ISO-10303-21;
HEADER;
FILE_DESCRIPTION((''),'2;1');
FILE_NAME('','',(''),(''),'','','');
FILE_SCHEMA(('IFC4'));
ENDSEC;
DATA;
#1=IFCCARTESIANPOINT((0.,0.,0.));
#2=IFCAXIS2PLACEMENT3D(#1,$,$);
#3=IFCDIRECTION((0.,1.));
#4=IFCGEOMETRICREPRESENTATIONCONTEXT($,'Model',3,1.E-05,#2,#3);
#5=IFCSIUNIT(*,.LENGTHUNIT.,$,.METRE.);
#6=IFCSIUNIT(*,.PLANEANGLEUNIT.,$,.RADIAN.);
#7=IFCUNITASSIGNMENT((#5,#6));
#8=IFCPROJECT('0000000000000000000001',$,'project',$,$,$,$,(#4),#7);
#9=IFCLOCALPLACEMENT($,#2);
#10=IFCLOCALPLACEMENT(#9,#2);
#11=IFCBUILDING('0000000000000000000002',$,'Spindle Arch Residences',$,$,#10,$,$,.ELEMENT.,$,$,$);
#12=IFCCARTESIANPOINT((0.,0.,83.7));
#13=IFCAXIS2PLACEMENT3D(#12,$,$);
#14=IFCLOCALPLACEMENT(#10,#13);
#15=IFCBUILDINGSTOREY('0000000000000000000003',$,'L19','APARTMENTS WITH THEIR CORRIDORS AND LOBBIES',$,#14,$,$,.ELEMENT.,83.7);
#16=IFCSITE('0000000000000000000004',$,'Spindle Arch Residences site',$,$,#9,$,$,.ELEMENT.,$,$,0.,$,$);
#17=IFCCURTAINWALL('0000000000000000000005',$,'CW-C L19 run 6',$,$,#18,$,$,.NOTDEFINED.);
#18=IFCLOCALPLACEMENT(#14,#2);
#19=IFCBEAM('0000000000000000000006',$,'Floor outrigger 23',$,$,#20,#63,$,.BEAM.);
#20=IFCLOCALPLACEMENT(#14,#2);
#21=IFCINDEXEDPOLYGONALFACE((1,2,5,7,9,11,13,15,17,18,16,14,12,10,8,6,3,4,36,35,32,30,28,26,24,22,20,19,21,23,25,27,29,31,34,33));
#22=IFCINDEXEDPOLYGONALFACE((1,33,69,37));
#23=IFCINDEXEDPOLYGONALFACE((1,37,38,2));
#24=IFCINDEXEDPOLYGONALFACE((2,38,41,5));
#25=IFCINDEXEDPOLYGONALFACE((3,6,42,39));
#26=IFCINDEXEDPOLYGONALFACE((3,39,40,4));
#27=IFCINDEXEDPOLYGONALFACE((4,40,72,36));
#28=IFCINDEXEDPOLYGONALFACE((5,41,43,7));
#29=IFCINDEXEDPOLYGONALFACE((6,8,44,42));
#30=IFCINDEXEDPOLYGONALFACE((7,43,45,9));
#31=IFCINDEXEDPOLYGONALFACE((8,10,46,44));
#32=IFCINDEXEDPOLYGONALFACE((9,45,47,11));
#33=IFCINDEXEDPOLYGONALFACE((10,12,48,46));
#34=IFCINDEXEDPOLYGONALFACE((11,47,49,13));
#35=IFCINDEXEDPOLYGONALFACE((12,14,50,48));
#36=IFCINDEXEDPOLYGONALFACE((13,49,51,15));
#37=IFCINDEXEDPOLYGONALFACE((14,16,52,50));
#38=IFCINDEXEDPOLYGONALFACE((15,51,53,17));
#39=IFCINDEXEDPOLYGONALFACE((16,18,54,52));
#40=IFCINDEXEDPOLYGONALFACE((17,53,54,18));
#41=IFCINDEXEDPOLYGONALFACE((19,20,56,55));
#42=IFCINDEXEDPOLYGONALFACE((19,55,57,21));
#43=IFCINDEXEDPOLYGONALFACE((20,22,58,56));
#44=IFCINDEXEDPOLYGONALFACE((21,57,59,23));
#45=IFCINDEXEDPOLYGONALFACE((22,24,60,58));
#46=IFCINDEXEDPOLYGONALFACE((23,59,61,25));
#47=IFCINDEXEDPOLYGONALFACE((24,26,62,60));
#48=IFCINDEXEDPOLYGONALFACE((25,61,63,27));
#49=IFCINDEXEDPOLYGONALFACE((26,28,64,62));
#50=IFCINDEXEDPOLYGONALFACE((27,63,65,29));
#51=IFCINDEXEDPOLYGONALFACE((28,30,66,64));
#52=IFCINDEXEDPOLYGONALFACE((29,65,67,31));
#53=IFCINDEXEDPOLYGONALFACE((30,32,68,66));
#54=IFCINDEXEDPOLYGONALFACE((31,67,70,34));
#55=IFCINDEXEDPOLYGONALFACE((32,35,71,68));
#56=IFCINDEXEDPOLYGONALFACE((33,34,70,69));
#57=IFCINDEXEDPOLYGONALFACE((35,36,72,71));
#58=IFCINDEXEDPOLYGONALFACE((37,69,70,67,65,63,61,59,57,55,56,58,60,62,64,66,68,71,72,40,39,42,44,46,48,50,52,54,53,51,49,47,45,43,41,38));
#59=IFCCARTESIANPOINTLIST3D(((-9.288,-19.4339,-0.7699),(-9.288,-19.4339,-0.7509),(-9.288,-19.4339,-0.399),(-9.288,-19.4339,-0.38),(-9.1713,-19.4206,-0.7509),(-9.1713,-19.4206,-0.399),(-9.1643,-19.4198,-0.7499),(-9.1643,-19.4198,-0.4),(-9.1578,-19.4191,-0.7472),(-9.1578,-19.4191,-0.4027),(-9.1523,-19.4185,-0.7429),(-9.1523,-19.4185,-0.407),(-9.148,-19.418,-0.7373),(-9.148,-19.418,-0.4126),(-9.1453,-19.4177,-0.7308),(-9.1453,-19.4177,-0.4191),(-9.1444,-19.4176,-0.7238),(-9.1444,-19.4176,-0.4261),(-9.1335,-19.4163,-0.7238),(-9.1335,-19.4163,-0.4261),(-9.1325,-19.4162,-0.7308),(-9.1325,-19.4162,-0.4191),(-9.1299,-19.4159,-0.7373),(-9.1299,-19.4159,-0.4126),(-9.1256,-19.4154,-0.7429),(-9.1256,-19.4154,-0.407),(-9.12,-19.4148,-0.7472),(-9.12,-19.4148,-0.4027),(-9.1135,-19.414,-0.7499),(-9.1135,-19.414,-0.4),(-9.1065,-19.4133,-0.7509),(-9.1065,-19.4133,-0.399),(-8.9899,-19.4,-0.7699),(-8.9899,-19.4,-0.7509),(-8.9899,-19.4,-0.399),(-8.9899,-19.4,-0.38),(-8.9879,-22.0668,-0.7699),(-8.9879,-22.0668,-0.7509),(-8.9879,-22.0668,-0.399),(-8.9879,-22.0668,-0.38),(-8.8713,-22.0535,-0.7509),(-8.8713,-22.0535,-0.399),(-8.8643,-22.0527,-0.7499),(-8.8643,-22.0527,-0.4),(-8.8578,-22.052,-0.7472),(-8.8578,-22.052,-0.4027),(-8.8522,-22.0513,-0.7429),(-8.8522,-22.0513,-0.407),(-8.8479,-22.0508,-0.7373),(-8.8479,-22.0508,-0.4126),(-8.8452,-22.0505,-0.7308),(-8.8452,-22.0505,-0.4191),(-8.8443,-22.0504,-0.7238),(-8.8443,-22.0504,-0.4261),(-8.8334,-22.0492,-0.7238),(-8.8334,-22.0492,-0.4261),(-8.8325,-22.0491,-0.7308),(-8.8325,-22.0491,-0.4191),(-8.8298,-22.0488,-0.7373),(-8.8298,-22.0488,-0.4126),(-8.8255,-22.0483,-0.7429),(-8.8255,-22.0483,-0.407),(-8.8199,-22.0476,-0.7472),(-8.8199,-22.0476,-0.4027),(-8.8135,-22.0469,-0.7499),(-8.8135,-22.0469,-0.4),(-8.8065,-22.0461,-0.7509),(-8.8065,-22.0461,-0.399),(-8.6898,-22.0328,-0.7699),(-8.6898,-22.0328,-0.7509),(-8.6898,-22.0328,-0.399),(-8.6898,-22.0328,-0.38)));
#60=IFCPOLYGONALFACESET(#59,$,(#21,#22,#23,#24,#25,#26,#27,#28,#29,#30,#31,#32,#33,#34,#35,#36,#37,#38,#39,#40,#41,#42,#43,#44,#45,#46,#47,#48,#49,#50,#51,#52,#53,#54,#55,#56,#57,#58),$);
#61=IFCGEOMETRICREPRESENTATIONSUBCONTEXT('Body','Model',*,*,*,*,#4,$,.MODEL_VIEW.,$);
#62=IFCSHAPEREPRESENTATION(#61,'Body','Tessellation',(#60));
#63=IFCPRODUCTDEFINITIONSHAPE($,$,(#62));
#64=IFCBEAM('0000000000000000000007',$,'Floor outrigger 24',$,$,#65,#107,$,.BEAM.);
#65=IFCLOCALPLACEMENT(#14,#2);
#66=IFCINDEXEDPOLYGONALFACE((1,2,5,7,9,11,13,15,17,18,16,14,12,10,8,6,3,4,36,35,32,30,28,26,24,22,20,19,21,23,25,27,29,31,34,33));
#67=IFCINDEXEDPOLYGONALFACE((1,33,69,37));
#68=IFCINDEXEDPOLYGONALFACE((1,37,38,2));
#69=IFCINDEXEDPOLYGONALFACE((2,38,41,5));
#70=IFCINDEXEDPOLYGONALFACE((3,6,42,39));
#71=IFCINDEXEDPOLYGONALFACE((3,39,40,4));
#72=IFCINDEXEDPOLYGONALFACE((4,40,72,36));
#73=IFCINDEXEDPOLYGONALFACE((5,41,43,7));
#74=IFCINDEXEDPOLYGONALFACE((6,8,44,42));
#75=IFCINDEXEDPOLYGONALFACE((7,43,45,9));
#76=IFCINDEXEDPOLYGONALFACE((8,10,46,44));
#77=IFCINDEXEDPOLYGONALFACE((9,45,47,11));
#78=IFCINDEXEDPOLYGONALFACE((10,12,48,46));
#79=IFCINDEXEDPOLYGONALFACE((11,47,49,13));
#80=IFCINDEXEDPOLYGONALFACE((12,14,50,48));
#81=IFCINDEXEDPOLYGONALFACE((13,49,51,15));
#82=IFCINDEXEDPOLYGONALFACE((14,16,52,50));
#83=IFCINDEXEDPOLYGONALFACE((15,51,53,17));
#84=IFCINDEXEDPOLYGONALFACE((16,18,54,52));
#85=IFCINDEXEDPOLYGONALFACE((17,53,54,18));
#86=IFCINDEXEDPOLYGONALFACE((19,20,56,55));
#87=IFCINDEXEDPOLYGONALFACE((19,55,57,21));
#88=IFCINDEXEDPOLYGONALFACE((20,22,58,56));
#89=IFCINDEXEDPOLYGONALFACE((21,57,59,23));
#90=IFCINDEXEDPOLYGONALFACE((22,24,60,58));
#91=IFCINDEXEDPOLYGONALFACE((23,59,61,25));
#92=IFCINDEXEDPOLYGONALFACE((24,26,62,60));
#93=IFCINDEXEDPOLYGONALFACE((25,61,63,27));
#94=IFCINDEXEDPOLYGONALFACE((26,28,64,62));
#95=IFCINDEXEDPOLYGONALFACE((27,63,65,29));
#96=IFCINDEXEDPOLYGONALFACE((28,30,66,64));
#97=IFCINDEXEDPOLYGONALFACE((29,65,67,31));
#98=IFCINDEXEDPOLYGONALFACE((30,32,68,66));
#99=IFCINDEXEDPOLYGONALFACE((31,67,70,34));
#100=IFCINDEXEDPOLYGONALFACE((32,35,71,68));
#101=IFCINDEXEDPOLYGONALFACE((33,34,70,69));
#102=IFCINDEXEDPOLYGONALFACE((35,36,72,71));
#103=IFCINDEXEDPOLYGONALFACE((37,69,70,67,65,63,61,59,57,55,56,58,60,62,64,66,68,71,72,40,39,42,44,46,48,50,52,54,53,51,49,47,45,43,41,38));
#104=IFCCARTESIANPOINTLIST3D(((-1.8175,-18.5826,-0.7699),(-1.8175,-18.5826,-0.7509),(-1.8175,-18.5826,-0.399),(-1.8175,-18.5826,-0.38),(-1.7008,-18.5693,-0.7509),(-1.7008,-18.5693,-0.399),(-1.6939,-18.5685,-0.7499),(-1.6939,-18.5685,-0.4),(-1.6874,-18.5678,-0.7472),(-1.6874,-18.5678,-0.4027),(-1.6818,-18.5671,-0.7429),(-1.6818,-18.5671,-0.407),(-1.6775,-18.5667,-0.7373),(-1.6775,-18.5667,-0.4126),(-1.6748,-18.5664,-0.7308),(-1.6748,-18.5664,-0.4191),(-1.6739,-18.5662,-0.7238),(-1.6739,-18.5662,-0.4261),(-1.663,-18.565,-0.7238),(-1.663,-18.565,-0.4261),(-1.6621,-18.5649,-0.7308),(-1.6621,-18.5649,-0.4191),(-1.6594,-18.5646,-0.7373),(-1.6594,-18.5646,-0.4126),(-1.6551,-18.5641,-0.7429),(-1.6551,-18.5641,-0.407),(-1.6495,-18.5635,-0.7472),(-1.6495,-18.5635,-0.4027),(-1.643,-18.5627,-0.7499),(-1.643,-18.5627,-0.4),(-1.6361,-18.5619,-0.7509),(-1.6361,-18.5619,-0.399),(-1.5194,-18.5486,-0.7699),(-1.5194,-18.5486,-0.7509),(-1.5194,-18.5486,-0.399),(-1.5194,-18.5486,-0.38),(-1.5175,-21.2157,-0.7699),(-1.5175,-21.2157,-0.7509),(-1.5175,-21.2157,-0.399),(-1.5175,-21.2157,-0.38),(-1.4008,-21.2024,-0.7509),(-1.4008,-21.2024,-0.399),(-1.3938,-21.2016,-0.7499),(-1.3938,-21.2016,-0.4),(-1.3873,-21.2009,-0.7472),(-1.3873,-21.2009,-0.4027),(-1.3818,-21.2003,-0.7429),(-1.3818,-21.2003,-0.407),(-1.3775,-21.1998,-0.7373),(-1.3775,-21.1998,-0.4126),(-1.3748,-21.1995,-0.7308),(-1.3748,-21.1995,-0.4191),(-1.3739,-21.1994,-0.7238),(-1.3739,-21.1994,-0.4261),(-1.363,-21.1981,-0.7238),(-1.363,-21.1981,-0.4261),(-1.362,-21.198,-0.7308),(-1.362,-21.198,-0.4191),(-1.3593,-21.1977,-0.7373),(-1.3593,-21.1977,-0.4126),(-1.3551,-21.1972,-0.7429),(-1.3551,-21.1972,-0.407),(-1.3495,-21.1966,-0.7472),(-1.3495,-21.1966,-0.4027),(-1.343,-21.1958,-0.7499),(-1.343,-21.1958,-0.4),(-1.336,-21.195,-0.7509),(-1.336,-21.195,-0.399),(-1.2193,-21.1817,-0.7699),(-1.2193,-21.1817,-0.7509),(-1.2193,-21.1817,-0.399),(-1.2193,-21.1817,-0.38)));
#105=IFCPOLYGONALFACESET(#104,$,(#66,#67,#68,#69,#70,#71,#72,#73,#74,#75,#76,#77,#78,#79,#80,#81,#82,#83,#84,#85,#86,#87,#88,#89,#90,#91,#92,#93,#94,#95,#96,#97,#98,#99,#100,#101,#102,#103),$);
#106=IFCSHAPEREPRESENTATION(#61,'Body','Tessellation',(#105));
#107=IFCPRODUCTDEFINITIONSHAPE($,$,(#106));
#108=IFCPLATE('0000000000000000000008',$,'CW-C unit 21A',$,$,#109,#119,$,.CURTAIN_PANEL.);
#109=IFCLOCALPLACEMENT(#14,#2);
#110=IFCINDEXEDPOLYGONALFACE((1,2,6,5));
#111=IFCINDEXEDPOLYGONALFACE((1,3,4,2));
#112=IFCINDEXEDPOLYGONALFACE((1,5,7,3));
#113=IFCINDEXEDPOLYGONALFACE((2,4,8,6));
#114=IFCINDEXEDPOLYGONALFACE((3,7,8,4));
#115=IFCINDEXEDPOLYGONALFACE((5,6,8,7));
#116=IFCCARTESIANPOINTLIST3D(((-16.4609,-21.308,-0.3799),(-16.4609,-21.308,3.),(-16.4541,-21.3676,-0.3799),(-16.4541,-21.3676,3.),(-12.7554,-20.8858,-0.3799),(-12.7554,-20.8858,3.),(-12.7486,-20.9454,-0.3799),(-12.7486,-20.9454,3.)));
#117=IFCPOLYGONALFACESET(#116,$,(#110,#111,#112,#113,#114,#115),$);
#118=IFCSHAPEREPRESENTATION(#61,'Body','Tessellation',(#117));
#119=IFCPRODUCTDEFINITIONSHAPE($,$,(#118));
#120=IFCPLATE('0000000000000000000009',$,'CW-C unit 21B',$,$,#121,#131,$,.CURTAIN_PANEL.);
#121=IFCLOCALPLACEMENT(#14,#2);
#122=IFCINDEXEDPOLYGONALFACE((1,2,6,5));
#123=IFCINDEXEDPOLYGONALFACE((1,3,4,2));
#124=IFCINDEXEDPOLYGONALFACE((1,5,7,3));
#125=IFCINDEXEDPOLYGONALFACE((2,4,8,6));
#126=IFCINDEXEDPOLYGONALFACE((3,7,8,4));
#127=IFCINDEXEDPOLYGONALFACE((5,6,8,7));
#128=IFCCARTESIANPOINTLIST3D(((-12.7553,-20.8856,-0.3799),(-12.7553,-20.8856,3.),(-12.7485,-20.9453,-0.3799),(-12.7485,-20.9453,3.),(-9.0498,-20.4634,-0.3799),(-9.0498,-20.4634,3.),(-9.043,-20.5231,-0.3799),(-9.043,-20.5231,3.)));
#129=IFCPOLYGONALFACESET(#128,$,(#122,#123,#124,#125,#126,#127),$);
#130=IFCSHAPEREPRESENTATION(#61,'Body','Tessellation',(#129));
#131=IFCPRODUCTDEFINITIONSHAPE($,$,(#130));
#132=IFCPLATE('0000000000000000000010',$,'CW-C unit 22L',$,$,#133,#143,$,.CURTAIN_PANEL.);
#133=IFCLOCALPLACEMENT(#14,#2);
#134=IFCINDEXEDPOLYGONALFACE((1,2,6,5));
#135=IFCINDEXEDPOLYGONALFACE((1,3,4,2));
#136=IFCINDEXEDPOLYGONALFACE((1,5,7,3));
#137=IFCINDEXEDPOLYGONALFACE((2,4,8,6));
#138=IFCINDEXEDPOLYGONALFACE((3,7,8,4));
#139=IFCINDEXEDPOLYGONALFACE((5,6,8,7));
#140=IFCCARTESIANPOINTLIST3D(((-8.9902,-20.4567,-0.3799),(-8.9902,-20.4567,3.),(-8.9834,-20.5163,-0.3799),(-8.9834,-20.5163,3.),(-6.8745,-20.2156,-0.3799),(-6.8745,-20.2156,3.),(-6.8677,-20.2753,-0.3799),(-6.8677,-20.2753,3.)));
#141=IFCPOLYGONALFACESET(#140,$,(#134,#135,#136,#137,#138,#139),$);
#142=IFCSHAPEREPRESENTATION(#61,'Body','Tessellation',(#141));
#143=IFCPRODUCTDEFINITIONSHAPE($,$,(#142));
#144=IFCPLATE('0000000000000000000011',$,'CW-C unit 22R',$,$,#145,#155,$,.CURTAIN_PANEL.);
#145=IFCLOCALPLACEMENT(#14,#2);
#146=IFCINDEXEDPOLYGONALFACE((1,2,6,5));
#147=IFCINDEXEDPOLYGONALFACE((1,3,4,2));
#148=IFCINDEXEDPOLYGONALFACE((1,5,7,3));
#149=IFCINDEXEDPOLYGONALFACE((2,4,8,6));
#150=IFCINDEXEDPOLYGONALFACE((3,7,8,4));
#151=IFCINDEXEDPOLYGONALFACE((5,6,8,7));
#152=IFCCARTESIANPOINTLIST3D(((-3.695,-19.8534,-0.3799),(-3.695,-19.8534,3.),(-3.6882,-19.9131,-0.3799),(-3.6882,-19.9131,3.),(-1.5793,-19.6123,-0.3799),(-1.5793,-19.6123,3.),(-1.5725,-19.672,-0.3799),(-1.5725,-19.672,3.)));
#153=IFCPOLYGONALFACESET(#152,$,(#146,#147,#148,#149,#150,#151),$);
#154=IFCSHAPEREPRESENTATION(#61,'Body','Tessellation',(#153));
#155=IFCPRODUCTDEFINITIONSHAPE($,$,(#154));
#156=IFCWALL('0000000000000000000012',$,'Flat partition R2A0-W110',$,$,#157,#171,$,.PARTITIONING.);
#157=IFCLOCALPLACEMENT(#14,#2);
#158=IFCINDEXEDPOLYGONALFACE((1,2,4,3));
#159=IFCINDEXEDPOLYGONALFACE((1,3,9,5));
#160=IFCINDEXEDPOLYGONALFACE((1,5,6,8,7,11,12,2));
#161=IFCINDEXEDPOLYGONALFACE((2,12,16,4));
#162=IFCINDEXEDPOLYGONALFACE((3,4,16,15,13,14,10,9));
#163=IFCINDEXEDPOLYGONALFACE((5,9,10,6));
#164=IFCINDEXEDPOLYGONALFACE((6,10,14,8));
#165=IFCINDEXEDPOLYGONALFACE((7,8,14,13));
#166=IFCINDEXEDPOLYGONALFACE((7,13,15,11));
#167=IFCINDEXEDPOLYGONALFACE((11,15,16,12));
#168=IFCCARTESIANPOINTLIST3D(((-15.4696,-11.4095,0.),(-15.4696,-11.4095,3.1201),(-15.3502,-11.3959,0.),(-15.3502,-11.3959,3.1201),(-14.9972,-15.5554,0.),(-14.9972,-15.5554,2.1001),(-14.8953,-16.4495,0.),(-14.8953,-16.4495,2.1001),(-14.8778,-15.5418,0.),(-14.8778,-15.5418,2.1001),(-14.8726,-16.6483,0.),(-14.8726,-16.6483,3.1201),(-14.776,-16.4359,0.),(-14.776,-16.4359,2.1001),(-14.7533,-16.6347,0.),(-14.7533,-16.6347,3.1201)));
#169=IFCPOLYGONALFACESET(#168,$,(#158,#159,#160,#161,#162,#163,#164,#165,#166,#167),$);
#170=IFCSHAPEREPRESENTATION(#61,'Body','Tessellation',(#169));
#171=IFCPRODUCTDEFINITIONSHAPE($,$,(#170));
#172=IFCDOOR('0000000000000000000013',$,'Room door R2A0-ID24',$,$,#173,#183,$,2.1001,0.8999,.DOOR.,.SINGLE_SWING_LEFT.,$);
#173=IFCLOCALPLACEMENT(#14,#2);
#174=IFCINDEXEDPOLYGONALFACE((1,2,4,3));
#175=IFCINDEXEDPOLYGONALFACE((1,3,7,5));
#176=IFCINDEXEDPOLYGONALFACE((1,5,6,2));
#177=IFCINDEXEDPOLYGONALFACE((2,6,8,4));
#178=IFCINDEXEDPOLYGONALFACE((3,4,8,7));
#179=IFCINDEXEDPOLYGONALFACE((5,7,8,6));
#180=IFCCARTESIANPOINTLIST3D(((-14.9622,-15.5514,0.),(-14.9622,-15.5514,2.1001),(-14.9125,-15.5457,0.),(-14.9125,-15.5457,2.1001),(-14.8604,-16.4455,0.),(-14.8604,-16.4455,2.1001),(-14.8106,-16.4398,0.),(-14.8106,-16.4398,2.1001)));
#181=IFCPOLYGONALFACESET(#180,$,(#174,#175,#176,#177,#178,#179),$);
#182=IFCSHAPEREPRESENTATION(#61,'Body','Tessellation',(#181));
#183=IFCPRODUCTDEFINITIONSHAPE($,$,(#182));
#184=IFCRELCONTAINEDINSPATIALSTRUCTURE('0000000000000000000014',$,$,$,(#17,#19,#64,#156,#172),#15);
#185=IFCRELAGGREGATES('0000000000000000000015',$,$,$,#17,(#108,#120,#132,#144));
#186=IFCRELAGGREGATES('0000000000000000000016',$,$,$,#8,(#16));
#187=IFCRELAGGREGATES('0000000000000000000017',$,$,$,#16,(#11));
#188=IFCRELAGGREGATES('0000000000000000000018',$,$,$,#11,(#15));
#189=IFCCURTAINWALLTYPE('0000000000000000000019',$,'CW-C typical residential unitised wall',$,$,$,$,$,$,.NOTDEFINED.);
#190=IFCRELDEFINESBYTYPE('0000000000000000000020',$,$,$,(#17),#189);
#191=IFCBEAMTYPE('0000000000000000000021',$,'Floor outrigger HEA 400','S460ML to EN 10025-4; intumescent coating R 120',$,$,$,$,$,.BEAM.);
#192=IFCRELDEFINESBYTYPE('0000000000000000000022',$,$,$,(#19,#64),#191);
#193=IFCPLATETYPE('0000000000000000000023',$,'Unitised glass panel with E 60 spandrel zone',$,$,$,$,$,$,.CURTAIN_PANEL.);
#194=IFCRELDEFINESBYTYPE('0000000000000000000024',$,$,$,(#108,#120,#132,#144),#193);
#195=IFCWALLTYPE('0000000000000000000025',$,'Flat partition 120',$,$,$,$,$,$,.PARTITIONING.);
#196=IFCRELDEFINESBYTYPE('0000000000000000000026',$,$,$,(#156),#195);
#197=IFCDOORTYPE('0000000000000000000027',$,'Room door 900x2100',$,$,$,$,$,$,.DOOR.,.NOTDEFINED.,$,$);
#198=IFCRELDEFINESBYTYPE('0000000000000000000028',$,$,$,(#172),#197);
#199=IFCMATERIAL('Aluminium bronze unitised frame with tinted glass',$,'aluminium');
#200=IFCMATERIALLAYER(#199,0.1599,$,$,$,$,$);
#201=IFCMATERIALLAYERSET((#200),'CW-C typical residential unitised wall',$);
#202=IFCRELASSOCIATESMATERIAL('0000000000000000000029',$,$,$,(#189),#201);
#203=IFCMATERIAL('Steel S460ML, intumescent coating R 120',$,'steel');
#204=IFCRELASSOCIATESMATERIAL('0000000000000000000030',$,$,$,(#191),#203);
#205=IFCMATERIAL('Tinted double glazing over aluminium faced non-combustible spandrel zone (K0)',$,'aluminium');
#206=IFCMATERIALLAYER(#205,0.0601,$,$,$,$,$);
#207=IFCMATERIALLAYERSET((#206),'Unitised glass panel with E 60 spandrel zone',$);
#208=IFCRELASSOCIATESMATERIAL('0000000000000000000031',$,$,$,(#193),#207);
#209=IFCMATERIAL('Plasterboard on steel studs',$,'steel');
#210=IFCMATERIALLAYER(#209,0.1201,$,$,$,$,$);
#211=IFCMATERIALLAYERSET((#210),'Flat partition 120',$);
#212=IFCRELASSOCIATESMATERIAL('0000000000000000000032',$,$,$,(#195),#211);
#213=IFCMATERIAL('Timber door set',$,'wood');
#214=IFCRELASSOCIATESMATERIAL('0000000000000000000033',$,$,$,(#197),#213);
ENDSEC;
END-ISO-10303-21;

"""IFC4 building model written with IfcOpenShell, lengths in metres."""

from ifc_helpers import new_model, si_unit, direction, frame, frame_2d, origin, origin_2d, place, context, subcontext, project, spatial, rectangle, i_section, extrude, material, layer, layer_set, material_profile, profile_set, type_object, element, fill, aggregate, save


model = new_model("IFC4")

# Units and contexts
model_context = context("Model", 3, precision=1e-05, world=origin(), true_north=direction((0.0, 1.0)))
body_context = subcontext(model_context, "Body", "Model", "MODEL_VIEW")
ifc_project = project(units=[si_unit("LENGTHUNIT", "METRE"), si_unit("PLANEANGLEUNIT", "RADIAN")], contexts=[model_context])

# Site, building, storey
site_placement = place(None, origin())
site = spatial("IfcSite", under=ifc_project, at=site_placement, Name="Spindle Arch Residences site", CompositionType="ELEMENT", RefElevation=0.0)
building_placement = place(site_placement, origin())
building = spatial("IfcBuilding", under=site, at=building_placement, Name="Spindle Arch Residences", CompositionType="ELEMENT")
storey_placement = place(building_placement, frame((0.0, 0.0, 83.7)))
storey = spatial("IfcBuildingStorey", under=building, at=storey_placement, Name="L19", Description="APARTMENTS WITH THEIR CORRIDORS AND LOBBIES", CompositionType="ELEMENT", Elevation=83.7)

# Curtain wall
ifc_material_1 = material(Name="Aluminium bronze unitised frame with tinted glass", Category="aluminium")
ifc_layer_1 = layer(ifc_material_1, 0.1599)
ifc_layer_set_1 = layer_set([ifc_layer_1], Name="CW-C typical residential unitised wall")
curtain_wall_type = type_object("IfcCurtainWallType", Name="CW-C typical residential unitised wall", PredefinedType="NOTDEFINED", material=ifc_layer_set_1)
curtain_wall_placement = place(storey_placement, origin())
curtain_wall = element("IfcCurtainWall", 1, at=curtain_wall_placement, inside=storey, type_object=curtain_wall_type, Name="CW-C L19 run 6", PredefinedType="NOTDEFINED")

# Beams
ifc_material_2 = material(Name="Steel S460ML, intumescent coating R 120", Category="steel")
ifc_material_profile_1 = material_profile(ifc_material_2, i_section(OverallWidth=0.3, OverallDepth=0.3899, WebThickness=0.011, FlangeThickness=0.019, FilletRadius=0.0271, at=origin_2d()), Name="HEA 400")
ifc_profile_set_1 = profile_set([ifc_material_profile_1], Name="Steel S460ML, intumescent coating R 120")
beam_type_1 = type_object("IfcBeamType", Name="Floor outrigger HEA 400", Description="S460ML to EN 10025-4; intumescent coating R 120", PredefinedType="BEAM", material=ifc_profile_set_1)
beam_1_placement = place(storey_placement, frame((-8.8389, -22.0498, -0.575), z_axis=(-0.113232, 0.993569, 0.0), x_axis=(-0.993569, -0.113232, 0.0)))
element("IfcBeam", 2, at=beam_1_placement, inside=storey, type_object=beam_type_1, Name="Floor outrigger 23", PredefinedType="BEAM", context=body_context, shape_type="SweptSolid", body=[
    extrude(i_section(OverallWidth=0.3, OverallDepth=0.3899, WebThickness=0.011, FlangeThickness=0.019, FilletRadius=0.0271, at=origin_2d()), origin(), (0.0, 0.0, 1.0), 2.6499),
])
beam_2_placement = place(storey_placement, frame((-1.3684, -21.1987, -0.575), z_axis=(-0.113222, 0.99357, 0.0), x_axis=(-0.99357, -0.113222, 0.0)))
element("IfcBeam", 3, at=beam_2_placement, inside=storey, type_object=beam_type_1, Name="Floor outrigger 24", PredefinedType="BEAM", context=body_context, shape_type="SweptSolid", body=[
    extrude(i_section(OverallWidth=0.3, OverallDepth=0.3899, WebThickness=0.011, FlangeThickness=0.019, FilletRadius=0.0271, at=origin_2d()), origin(), (0.0, 0.0, 1.0), 2.6501),
])

# Plates
ifc_material_3 = material(Name="Tinted double glazing over aluminium faced non-combustible spandrel zone (K0)", Category="aluminium")
ifc_layer_2 = layer(ifc_material_3, 0.0601)
ifc_layer_set_2 = layer_set([ifc_layer_2], Name="Unitised glass panel with E 60 spandrel zone")
plate_type = type_object("IfcPlateType", Name="Unitised glass panel with E 60 spandrel zone", PredefinedType="CURTAIN_PANEL", material=ifc_layer_set_2)
plate_1_placement = place(storey_placement, frame((-14.6047, -21.1267, -0.3799), z_axis=(0.0, 0.0, 1.0), x_axis=(0.993572, 0.113203, 0.0)))
plate_1 = element("IfcPlate", 4, at=plate_1_placement, type_object=plate_type, Name="CW-C unit 21A", PredefinedType="CURTAIN_PANEL", context=body_context, shape_type="SweptSolid", body=[
    extrude(rectangle(XDim=3.7295, YDim=0.0601, at=origin_2d()), origin(), (0.0, 0.0, 1.0), 3.3799),
])
plate_2_placement = place(storey_placement, frame((-10.8992, -20.7043, -0.3799), z_axis=(0.0, 0.0, 1.0), x_axis=(0.993572, 0.113203, 0.0)))
plate_2 = element("IfcPlate", 5, at=plate_2_placement, type_object=plate_type, Name="CW-C unit 21B", PredefinedType="CURTAIN_PANEL", context=body_context, shape_type="SweptSolid", body=[
    extrude(rectangle(XDim=3.7295, YDim=0.0601, at=origin_2d()), origin(), (0.0, 0.0, 1.0), 3.3799),
])
plate_3_placement = place(storey_placement, frame((-7.929, -20.366, -0.3799), z_axis=(0.0, 0.0, 1.0), x_axis=(0.993572, 0.113203, 0.0)))
plate_3 = element("IfcPlate", 6, at=plate_3_placement, type_object=plate_type, Name="CW-C unit 22L", PredefinedType="CURTAIN_PANEL", context=body_context, shape_type="SweptSolid", body=[
    extrude(rectangle(XDim=2.1294, YDim=0.0601, at=origin_2d()), origin(), (0.0, 0.0, 1.0), 3.3799),
])
plate_4_placement = place(storey_placement, frame((-2.6338, -19.7627, -0.3799), z_axis=(0.0, 0.0, 1.0), x_axis=(0.993572, 0.113203, 0.0)))
plate_4 = element("IfcPlate", 7, at=plate_4_placement, type_object=plate_type, Name="CW-C unit 22R", PredefinedType="CURTAIN_PANEL", context=body_context, shape_type="SweptSolid", body=[
    extrude(rectangle(XDim=2.1294, YDim=0.0601, at=origin_2d()), origin(), (0.0, 0.0, 1.0), 3.3799),
])
aggregate(curtain_wall, [plate_1, plate_2, plate_3, plate_4])

# Wall, opening, door
ifc_material_4 = material(Name="Plasterboard on steel studs", Category="steel")
ifc_layer_3 = layer(ifc_material_4, 0.1201)
ifc_layer_set_3 = layer_set([ifc_layer_3], Name="Flat partition 120")
wall_type_1 = type_object("IfcWallType", Name="Flat partition 120", PredefinedType="PARTITIONING", material=ifc_layer_set_3)
wall_1_placement = place(storey_placement, frame((-14.813, -16.6414, 0.0), z_axis=(0.0, 0.0, 1.0), x_axis=(-0.113211, 0.993571, 0.0)))
wall_1 = element("IfcWall", 8, at=wall_1_placement, inside=storey, type_object=wall_type_1, Name="Flat partition R2A0-W110", PredefinedType="PARTITIONING", context=body_context, shape_type="SweptSolid", body=[
    extrude(rectangle(XDim=5.2727, YDim=0.1201, at=frame_2d((2.6362, 0.0))), origin(), (0.0, 0.0, 1.0), 3.1201),
])
opening_1_placement = place(wall_1_placement, frame((0.2, 0.0, 0.0)))
opening_1 = element("IfcOpeningElement", 9, at=opening_1_placement, cuts=wall_1, PredefinedType="OPENING", context=body_context, shape_type="SweptSolid", body=[
    extrude(rectangle(XDim=0.8999, YDim=2.1001, at=frame_2d((0.45, 1.05))), frame((0.0, 0.0701, 0.0), z_axis=(0.0, -1.0, 0.0), x_axis=(1.0, 0.0, 0.0)), (0.0, 0.0, 1.0), 0.1401),
])
ifc_material_5 = material(Name="Timber door set", Category="wood")
door_type_1 = type_object("IfcDoorType", Name="Room door 900x2100", OperationType="NOTDEFINED", PredefinedType="DOOR", material=ifc_material_5)
door_1_placement = place(opening_1_placement, origin())
door_1 = element("IfcDoor", 10, at=door_1_placement, inside=storey, type_object=door_type_1, Name="Room door R2A0-ID24", OperationType="SINGLE_SWING_LEFT", OverallHeight=2.1001, OverallWidth=0.8999, PredefinedType="DOOR", context=body_context, shape_type="SweptSolid", body=[
    extrude(rectangle(XDim=0.8999, YDim=2.1001, at=frame_2d((0.45, 1.05))), frame((0.0, 0.0249, 0.0), z_axis=(0.0, -1.0, 0.0), x_axis=(1.0, 0.0, 0.0)), (0.0, 0.0, 1.0), 0.05),
])
fill(opening_1, door_1)

save(model, "model.ifc")
